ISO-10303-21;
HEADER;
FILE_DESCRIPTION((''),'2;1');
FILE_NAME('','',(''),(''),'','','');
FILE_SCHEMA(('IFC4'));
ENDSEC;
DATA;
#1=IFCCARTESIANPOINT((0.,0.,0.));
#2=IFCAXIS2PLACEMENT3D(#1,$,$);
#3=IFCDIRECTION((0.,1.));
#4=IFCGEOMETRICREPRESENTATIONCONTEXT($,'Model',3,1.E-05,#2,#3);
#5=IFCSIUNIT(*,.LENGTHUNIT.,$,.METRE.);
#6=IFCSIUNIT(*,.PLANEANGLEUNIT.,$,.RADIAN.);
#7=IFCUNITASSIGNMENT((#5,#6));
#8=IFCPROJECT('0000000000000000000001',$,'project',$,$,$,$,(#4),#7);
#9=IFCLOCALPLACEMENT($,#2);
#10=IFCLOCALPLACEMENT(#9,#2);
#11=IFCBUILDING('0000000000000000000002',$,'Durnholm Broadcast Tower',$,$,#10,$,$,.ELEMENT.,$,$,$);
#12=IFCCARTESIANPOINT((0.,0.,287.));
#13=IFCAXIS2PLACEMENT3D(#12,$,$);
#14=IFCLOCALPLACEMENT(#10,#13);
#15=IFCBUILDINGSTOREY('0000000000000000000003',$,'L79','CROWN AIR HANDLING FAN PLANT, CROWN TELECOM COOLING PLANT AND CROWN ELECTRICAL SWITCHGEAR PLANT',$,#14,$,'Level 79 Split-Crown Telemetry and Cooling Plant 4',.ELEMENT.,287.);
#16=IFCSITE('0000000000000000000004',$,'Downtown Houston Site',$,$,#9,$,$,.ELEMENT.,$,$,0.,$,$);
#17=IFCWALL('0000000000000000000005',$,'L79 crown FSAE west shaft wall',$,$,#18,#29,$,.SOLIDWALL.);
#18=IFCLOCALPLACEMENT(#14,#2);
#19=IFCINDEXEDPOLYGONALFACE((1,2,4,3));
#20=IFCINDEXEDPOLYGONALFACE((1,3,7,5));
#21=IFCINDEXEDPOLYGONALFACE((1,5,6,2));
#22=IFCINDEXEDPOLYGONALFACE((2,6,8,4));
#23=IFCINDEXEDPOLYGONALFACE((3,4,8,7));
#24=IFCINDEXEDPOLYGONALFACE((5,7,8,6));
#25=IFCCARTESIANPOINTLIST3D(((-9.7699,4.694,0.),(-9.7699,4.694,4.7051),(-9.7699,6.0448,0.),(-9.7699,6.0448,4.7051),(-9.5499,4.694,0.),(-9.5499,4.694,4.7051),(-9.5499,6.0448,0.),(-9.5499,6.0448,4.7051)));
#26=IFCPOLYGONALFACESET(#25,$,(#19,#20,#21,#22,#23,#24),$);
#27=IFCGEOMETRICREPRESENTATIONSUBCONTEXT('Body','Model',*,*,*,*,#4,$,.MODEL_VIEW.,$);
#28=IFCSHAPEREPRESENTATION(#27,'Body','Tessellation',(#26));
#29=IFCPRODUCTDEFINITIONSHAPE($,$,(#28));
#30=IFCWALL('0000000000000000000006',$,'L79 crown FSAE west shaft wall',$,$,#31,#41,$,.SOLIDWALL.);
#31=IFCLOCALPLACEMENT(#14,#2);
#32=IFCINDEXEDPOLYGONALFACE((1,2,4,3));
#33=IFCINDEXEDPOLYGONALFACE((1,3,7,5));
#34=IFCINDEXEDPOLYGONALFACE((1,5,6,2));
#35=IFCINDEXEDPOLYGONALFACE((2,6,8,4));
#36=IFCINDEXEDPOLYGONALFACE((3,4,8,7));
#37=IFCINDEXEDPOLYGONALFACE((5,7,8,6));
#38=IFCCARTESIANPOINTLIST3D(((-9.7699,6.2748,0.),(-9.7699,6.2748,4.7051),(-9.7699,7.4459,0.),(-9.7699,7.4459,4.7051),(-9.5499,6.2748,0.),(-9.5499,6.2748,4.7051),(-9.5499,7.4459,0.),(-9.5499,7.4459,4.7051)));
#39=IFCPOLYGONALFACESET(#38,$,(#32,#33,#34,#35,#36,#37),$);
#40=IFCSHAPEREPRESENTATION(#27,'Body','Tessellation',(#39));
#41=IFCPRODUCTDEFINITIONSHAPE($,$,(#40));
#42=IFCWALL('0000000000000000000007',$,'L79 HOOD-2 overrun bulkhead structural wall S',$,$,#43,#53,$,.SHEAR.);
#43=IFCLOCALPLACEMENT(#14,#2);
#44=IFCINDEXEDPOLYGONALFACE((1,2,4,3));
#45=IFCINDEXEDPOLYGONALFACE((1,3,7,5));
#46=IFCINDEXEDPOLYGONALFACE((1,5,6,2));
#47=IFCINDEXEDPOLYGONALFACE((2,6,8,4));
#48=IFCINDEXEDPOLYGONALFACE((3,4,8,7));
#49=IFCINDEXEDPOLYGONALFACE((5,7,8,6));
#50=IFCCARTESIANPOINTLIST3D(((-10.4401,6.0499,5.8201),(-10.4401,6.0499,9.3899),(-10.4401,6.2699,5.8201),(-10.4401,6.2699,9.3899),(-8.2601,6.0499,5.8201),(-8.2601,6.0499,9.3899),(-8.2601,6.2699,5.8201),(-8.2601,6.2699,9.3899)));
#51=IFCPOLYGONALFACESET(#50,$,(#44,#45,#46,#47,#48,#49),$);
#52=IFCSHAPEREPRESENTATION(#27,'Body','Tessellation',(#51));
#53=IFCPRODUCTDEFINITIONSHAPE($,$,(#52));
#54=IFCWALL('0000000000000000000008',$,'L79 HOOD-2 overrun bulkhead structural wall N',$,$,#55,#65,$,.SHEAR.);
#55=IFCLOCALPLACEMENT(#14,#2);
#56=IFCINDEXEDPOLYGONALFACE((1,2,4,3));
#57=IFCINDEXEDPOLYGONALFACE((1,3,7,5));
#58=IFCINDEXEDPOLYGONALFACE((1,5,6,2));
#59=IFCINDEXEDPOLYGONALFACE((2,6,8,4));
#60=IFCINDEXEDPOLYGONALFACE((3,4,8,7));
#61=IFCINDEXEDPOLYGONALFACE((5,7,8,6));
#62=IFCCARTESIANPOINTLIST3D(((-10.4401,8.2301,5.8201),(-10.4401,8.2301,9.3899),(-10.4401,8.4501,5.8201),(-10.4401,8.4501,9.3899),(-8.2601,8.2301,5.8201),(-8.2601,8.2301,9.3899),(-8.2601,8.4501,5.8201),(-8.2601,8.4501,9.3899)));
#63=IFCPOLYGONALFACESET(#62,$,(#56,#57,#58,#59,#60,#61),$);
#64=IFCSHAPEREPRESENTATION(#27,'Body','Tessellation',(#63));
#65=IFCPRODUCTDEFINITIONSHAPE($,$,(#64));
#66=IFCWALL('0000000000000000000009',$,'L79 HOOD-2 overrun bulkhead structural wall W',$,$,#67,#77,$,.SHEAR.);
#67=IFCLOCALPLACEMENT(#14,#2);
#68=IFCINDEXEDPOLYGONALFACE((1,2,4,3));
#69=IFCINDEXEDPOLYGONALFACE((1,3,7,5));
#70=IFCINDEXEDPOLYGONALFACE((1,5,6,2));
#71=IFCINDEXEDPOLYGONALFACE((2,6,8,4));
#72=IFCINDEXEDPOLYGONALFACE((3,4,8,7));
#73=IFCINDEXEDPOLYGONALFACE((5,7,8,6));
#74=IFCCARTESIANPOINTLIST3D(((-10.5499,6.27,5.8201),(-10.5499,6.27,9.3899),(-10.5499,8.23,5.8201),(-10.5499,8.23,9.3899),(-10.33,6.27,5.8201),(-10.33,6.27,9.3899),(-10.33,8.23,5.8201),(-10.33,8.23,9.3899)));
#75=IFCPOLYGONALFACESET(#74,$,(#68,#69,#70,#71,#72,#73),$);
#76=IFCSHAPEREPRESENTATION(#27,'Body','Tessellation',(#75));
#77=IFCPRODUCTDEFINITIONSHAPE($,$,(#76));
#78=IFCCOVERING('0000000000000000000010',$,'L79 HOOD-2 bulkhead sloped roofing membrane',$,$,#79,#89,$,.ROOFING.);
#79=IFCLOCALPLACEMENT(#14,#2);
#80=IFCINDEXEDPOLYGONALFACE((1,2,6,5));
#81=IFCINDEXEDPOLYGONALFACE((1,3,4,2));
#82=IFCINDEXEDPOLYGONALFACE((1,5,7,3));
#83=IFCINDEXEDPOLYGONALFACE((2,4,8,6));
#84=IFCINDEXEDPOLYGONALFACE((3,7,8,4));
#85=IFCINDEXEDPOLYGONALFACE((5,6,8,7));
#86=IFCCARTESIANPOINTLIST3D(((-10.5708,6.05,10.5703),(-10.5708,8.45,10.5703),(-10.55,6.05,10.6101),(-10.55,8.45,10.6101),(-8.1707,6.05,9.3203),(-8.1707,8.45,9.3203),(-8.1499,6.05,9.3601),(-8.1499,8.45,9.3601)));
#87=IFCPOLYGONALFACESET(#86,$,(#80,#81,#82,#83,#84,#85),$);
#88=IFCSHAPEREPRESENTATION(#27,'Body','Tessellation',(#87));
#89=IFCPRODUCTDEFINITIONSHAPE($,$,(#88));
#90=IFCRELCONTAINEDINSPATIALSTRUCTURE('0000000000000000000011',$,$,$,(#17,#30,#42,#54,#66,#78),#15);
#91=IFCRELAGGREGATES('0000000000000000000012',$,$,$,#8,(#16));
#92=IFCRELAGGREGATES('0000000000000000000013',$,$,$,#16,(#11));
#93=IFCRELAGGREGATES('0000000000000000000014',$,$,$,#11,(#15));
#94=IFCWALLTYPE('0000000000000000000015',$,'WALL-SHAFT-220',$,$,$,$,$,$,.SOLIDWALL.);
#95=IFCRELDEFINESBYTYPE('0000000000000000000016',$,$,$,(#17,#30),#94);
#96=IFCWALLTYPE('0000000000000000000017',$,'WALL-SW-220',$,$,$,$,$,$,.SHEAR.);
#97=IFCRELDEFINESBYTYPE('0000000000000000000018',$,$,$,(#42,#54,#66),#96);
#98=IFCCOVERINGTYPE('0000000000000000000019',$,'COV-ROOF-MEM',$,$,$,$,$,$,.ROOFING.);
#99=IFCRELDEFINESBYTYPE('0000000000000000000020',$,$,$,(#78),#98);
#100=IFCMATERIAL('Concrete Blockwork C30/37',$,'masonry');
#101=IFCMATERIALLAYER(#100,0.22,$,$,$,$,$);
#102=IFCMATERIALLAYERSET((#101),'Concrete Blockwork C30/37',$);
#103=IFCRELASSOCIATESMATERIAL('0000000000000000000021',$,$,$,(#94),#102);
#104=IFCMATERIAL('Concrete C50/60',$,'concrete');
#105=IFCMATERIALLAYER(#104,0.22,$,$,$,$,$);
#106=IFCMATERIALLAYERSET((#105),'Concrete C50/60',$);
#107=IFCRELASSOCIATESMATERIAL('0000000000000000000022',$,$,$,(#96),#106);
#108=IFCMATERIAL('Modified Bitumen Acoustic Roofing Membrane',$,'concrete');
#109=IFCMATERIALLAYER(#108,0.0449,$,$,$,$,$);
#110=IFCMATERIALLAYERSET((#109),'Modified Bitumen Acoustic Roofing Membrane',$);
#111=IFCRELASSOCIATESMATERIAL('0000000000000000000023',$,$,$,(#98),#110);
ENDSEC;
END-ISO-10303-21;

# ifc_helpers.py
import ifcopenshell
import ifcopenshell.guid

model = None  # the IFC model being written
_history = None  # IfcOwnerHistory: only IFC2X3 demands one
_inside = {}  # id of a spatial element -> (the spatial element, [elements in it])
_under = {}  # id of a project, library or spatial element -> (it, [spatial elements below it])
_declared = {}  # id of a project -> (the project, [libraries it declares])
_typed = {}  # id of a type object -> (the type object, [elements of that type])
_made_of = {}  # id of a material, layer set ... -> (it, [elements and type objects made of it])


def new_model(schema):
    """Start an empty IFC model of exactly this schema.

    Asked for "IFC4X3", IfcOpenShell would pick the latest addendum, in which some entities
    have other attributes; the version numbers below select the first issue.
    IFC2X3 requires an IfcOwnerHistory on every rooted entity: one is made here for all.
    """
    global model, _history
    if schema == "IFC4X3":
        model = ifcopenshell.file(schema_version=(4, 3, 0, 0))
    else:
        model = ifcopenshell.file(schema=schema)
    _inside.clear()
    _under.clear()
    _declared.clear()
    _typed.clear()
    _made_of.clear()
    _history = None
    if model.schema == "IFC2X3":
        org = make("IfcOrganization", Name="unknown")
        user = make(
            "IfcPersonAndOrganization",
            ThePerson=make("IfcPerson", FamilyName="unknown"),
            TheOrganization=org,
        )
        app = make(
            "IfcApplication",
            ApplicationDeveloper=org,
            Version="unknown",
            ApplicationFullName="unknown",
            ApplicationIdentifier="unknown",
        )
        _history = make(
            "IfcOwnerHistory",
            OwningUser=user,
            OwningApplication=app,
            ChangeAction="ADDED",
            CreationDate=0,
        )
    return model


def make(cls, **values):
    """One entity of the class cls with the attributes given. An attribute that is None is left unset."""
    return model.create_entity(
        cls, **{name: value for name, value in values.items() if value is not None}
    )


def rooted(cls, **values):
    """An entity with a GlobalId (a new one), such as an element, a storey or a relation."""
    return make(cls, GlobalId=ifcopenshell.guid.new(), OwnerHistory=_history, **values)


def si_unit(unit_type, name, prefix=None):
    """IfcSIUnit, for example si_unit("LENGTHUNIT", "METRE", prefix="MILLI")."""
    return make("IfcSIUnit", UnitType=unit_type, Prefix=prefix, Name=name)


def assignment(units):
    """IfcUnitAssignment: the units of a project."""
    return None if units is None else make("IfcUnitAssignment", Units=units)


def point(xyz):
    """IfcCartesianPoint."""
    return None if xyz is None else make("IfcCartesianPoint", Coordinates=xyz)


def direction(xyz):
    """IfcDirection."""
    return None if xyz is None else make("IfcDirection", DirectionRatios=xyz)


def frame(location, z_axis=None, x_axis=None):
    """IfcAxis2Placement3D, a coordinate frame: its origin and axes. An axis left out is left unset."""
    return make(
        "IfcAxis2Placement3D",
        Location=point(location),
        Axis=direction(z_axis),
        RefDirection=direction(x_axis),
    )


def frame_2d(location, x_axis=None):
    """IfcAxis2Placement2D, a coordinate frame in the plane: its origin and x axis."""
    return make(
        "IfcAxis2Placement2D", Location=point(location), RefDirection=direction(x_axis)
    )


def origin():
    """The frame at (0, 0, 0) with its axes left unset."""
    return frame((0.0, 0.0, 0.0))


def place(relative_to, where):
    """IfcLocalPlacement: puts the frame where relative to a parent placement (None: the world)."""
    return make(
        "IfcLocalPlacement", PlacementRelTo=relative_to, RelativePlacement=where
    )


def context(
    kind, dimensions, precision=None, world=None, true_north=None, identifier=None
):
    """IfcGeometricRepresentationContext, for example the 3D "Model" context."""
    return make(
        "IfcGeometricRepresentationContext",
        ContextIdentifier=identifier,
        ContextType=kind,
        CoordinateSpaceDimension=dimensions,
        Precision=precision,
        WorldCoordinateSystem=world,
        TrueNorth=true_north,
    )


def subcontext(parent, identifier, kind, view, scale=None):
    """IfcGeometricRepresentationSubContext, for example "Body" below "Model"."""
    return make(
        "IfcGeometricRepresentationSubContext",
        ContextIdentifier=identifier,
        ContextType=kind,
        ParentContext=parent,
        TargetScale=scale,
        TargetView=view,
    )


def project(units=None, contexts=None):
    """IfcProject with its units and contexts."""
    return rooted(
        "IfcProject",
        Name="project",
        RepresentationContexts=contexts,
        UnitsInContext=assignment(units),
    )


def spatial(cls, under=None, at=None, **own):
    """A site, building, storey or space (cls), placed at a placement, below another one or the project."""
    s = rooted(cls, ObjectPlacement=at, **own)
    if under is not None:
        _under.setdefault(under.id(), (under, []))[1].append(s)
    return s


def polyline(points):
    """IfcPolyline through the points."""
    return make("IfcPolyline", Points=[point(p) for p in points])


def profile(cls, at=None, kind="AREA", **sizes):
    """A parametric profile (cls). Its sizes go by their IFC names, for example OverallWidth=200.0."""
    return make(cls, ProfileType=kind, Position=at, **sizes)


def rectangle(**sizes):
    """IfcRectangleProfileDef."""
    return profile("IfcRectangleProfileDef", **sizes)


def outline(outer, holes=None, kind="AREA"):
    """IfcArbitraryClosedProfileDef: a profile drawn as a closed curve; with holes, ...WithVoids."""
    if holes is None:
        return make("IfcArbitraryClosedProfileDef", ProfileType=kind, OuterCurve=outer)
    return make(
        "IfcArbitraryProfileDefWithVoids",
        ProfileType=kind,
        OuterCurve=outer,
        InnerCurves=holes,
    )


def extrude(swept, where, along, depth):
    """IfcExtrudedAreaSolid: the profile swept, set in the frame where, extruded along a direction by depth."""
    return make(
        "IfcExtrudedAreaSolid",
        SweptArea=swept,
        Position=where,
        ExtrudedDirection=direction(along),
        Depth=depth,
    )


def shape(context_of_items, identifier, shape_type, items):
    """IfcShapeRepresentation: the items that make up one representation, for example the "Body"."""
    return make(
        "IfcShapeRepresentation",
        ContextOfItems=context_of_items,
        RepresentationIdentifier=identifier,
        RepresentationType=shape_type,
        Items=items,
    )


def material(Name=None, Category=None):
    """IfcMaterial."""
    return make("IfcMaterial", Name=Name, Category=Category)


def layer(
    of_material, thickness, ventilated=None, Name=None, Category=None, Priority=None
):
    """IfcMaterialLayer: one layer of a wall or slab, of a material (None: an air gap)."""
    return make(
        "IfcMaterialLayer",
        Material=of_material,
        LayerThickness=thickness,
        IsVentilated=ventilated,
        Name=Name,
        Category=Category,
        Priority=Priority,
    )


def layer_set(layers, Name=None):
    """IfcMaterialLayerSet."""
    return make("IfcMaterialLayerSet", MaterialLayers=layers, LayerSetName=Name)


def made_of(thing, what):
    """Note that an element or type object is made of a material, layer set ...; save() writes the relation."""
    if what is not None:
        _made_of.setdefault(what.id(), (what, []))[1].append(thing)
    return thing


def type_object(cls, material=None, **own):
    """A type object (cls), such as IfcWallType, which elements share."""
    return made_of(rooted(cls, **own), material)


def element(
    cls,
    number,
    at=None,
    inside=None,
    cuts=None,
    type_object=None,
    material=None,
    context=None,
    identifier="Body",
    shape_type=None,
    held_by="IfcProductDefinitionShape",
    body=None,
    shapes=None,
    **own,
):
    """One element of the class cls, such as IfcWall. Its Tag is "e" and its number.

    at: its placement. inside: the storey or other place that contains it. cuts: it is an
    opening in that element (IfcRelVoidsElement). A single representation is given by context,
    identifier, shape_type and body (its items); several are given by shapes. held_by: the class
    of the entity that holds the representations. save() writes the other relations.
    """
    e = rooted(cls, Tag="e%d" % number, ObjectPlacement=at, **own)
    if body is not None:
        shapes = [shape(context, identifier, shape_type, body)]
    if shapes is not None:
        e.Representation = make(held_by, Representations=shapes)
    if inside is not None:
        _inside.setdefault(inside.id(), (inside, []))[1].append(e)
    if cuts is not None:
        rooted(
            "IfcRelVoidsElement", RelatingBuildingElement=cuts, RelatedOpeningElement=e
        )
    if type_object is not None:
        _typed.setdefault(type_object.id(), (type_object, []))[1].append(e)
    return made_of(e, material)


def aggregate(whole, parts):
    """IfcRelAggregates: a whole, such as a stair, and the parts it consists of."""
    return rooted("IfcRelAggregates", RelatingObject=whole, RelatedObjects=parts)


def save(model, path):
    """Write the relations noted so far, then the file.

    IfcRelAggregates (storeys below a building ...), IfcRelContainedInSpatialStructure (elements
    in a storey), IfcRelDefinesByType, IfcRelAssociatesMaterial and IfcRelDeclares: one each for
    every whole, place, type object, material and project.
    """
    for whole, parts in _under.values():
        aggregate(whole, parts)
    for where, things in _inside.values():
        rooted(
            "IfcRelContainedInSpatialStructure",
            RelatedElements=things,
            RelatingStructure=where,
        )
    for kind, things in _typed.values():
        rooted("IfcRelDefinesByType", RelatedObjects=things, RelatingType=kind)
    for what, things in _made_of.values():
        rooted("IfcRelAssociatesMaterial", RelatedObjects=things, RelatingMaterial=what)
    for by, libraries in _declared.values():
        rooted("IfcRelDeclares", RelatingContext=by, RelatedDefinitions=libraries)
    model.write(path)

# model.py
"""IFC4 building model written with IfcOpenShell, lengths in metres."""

from ifc_helpers import new_model, si_unit, direction, frame, frame_2d, origin, place, context, subcontext, project, spatial, polyline, rectangle, outline, extrude, material, layer, layer_set, type_object, element, save


model = new_model("IFC4")

# Units and contexts
model_context = context("Model", 3, precision=1e-05, world=origin(), true_north=direction((0.0, 1.0)))
body_context = subcontext(model_context, "Body", "Model", "MODEL_VIEW")
ifc_project = project(units=[si_unit("LENGTHUNIT", "METRE"), si_unit("PLANEANGLEUNIT", "RADIAN")], contexts=[model_context])

# Site, building, storey
site_placement = place(None, origin())
site = spatial("IfcSite", under=ifc_project, at=site_placement, Name="Downtown Houston Site", CompositionType="ELEMENT", RefElevation=0.0)
building_placement = place(site_placement, origin())
building = spatial("IfcBuilding", under=site, at=building_placement, Name="Durnholm Broadcast Tower", CompositionType="ELEMENT")
storey_placement = place(building_placement, frame((0.0, 0.0, 287.0)))
storey = spatial("IfcBuildingStorey", under=building, at=storey_placement, Name="L79", Description="CROWN AIR HANDLING FAN PLANT, CROWN TELECOM COOLING PLANT AND CROWN ELECTRICAL SWITCHGEAR PLANT", LongName="Level 79 Split-Crown Telemetry and Cooling Plant 4", CompositionType="ELEMENT", Elevation=287.0)

# Shared definitions
ifc_material_1 = material(Name="Concrete C50/60", Category="concrete")

# Shared definitions
ifc_material_2 = material(Name="Concrete Blockwork C30/37", Category="masonry")
ifc_layer_1 = layer(ifc_material_2, 0.22)
ifc_layer_set_1 = layer_set([ifc_layer_1], Name="Concrete Blockwork C30/37")
wall_type_1 = type_object("IfcWallType", Name="WALL-SHAFT-220", PredefinedType="SOLIDWALL", material=ifc_layer_set_1)

# Walls
wall_1_placement = place(storey_placement, frame((-9.6599, 4.6941, 0.0), z_axis=(0.0, 0.0, 1.0), x_axis=(0.0, 1.0, 0.0)))
element("IfcWall", 1, at=wall_1_placement, inside=storey, type_object=wall_type_1, Name="L79 crown FSAE west shaft wall", PredefinedType="SOLIDWALL", context=body_context, shape_type="SweptSolid", body=[
    extrude(rectangle(XDim=1.3508, YDim=0.22, at=frame_2d((0.6753, 0.0))), origin(), (0.0, 0.0, 1.0), 4.7051),
])
wall_2_placement = place(storey_placement, frame((-9.6599, 6.2749, 0.0), z_axis=(0.0, 0.0, 1.0), x_axis=(0.0, 1.0, 0.0)))
element("IfcWall", 2, at=wall_2_placement, inside=storey, type_object=wall_type_1, Name="L79 crown FSAE west shaft wall", PredefinedType="SOLIDWALL", context=body_context, shape_type="SweptSolid", body=[
    extrude(rectangle(XDim=1.1711, YDim=0.22, at=frame_2d((0.5854, 0.0))), origin(), (0.0, 0.0, 1.0), 4.7051),
])
ifc_layer_2 = layer(ifc_material_1, 0.22)
ifc_layer_set_2 = layer_set([ifc_layer_2], Name="Concrete C50/60")
wall_type_2 = type_object("IfcWallType", Name="WALL-SW-220", PredefinedType="SHEAR", material=ifc_layer_set_2)
for number, where, z_axis, x_axis, name in (
    (3, (-10.4399, 6.1599, 5.8201), (0.0, 0.0, 1.0), (1.0, 0.0, 0.0), "L79 HOOD-2 overrun bulkhead structural wall S"),
    (4, (-10.4399, 8.3401, 5.8201), (0.0, 0.0, 1.0), (1.0, 0.0, 0.0), "L79 HOOD-2 overrun bulkhead structural wall N"),
):
    element("IfcWall", number, at=place(storey_placement, frame(where, z_axis=z_axis, x_axis=x_axis)), inside=storey, type_object=wall_type_2, Name=name, PredefinedType="SHEAR", context=body_context, shape_type="SweptSolid", body=[
        extrude(rectangle(XDim=2.1799, YDim=0.22, at=frame_2d((1.0898, 0.0))), origin(), (0.0, 0.0, 1.0), 3.5698),
    ])
wall_3_placement = place(storey_placement, frame((-10.4399, 6.27, 5.8201), z_axis=(0.0, 0.0, 1.0), x_axis=(0.0, 1.0, 0.0)))
element("IfcWall", 5, at=wall_3_placement, inside=storey, type_object=wall_type_2, Name="L79 HOOD-2 overrun bulkhead structural wall W", PredefinedType="SHEAR", context=body_context, shape_type="SweptSolid", body=[
    extrude(rectangle(XDim=1.96, YDim=0.22, at=frame_2d((0.98, 0.0))), origin(), (0.0, 0.0, 1.0), 3.5698),
])

# Covering
ifc_material_3 = material(Name="Modified Bitumen Acoustic Roofing Membrane", Category="concrete")
ifc_layer_3 = layer(ifc_material_3, 0.0449)
ifc_layer_set_3 = layer_set([ifc_layer_3], Name="Modified Bitumen Acoustic Roofing Membrane")
covering_type = type_object("IfcCoveringType", Name="COV-ROOF-MEM", PredefinedType="ROOFING", material=ifc_layer_set_3)
covering_placement = place(storey_placement, frame((-10.55, 6.05, 10.6101), z_axis=(0.461912, 0.0, 0.886926), x_axis=(0.886926, 0.0, -0.461912)))
element("IfcCovering", 6, at=covering_placement, inside=storey, type_object=covering_type, Name="L79 HOOD-2 bulkhead sloped roofing membrane", PredefinedType="ROOFING", context=body_context, shape_type="SweptSolid", body=[
    extrude(outline(polyline([(0.0, 0.0), (2.7061, 0.0), (2.7061, 2.3999), (0.0, 2.3999), (0.0, 0.0)])), origin(), (0.0, 0.0, -1.0), 0.0449),
])

save(model, "model.ifc")
